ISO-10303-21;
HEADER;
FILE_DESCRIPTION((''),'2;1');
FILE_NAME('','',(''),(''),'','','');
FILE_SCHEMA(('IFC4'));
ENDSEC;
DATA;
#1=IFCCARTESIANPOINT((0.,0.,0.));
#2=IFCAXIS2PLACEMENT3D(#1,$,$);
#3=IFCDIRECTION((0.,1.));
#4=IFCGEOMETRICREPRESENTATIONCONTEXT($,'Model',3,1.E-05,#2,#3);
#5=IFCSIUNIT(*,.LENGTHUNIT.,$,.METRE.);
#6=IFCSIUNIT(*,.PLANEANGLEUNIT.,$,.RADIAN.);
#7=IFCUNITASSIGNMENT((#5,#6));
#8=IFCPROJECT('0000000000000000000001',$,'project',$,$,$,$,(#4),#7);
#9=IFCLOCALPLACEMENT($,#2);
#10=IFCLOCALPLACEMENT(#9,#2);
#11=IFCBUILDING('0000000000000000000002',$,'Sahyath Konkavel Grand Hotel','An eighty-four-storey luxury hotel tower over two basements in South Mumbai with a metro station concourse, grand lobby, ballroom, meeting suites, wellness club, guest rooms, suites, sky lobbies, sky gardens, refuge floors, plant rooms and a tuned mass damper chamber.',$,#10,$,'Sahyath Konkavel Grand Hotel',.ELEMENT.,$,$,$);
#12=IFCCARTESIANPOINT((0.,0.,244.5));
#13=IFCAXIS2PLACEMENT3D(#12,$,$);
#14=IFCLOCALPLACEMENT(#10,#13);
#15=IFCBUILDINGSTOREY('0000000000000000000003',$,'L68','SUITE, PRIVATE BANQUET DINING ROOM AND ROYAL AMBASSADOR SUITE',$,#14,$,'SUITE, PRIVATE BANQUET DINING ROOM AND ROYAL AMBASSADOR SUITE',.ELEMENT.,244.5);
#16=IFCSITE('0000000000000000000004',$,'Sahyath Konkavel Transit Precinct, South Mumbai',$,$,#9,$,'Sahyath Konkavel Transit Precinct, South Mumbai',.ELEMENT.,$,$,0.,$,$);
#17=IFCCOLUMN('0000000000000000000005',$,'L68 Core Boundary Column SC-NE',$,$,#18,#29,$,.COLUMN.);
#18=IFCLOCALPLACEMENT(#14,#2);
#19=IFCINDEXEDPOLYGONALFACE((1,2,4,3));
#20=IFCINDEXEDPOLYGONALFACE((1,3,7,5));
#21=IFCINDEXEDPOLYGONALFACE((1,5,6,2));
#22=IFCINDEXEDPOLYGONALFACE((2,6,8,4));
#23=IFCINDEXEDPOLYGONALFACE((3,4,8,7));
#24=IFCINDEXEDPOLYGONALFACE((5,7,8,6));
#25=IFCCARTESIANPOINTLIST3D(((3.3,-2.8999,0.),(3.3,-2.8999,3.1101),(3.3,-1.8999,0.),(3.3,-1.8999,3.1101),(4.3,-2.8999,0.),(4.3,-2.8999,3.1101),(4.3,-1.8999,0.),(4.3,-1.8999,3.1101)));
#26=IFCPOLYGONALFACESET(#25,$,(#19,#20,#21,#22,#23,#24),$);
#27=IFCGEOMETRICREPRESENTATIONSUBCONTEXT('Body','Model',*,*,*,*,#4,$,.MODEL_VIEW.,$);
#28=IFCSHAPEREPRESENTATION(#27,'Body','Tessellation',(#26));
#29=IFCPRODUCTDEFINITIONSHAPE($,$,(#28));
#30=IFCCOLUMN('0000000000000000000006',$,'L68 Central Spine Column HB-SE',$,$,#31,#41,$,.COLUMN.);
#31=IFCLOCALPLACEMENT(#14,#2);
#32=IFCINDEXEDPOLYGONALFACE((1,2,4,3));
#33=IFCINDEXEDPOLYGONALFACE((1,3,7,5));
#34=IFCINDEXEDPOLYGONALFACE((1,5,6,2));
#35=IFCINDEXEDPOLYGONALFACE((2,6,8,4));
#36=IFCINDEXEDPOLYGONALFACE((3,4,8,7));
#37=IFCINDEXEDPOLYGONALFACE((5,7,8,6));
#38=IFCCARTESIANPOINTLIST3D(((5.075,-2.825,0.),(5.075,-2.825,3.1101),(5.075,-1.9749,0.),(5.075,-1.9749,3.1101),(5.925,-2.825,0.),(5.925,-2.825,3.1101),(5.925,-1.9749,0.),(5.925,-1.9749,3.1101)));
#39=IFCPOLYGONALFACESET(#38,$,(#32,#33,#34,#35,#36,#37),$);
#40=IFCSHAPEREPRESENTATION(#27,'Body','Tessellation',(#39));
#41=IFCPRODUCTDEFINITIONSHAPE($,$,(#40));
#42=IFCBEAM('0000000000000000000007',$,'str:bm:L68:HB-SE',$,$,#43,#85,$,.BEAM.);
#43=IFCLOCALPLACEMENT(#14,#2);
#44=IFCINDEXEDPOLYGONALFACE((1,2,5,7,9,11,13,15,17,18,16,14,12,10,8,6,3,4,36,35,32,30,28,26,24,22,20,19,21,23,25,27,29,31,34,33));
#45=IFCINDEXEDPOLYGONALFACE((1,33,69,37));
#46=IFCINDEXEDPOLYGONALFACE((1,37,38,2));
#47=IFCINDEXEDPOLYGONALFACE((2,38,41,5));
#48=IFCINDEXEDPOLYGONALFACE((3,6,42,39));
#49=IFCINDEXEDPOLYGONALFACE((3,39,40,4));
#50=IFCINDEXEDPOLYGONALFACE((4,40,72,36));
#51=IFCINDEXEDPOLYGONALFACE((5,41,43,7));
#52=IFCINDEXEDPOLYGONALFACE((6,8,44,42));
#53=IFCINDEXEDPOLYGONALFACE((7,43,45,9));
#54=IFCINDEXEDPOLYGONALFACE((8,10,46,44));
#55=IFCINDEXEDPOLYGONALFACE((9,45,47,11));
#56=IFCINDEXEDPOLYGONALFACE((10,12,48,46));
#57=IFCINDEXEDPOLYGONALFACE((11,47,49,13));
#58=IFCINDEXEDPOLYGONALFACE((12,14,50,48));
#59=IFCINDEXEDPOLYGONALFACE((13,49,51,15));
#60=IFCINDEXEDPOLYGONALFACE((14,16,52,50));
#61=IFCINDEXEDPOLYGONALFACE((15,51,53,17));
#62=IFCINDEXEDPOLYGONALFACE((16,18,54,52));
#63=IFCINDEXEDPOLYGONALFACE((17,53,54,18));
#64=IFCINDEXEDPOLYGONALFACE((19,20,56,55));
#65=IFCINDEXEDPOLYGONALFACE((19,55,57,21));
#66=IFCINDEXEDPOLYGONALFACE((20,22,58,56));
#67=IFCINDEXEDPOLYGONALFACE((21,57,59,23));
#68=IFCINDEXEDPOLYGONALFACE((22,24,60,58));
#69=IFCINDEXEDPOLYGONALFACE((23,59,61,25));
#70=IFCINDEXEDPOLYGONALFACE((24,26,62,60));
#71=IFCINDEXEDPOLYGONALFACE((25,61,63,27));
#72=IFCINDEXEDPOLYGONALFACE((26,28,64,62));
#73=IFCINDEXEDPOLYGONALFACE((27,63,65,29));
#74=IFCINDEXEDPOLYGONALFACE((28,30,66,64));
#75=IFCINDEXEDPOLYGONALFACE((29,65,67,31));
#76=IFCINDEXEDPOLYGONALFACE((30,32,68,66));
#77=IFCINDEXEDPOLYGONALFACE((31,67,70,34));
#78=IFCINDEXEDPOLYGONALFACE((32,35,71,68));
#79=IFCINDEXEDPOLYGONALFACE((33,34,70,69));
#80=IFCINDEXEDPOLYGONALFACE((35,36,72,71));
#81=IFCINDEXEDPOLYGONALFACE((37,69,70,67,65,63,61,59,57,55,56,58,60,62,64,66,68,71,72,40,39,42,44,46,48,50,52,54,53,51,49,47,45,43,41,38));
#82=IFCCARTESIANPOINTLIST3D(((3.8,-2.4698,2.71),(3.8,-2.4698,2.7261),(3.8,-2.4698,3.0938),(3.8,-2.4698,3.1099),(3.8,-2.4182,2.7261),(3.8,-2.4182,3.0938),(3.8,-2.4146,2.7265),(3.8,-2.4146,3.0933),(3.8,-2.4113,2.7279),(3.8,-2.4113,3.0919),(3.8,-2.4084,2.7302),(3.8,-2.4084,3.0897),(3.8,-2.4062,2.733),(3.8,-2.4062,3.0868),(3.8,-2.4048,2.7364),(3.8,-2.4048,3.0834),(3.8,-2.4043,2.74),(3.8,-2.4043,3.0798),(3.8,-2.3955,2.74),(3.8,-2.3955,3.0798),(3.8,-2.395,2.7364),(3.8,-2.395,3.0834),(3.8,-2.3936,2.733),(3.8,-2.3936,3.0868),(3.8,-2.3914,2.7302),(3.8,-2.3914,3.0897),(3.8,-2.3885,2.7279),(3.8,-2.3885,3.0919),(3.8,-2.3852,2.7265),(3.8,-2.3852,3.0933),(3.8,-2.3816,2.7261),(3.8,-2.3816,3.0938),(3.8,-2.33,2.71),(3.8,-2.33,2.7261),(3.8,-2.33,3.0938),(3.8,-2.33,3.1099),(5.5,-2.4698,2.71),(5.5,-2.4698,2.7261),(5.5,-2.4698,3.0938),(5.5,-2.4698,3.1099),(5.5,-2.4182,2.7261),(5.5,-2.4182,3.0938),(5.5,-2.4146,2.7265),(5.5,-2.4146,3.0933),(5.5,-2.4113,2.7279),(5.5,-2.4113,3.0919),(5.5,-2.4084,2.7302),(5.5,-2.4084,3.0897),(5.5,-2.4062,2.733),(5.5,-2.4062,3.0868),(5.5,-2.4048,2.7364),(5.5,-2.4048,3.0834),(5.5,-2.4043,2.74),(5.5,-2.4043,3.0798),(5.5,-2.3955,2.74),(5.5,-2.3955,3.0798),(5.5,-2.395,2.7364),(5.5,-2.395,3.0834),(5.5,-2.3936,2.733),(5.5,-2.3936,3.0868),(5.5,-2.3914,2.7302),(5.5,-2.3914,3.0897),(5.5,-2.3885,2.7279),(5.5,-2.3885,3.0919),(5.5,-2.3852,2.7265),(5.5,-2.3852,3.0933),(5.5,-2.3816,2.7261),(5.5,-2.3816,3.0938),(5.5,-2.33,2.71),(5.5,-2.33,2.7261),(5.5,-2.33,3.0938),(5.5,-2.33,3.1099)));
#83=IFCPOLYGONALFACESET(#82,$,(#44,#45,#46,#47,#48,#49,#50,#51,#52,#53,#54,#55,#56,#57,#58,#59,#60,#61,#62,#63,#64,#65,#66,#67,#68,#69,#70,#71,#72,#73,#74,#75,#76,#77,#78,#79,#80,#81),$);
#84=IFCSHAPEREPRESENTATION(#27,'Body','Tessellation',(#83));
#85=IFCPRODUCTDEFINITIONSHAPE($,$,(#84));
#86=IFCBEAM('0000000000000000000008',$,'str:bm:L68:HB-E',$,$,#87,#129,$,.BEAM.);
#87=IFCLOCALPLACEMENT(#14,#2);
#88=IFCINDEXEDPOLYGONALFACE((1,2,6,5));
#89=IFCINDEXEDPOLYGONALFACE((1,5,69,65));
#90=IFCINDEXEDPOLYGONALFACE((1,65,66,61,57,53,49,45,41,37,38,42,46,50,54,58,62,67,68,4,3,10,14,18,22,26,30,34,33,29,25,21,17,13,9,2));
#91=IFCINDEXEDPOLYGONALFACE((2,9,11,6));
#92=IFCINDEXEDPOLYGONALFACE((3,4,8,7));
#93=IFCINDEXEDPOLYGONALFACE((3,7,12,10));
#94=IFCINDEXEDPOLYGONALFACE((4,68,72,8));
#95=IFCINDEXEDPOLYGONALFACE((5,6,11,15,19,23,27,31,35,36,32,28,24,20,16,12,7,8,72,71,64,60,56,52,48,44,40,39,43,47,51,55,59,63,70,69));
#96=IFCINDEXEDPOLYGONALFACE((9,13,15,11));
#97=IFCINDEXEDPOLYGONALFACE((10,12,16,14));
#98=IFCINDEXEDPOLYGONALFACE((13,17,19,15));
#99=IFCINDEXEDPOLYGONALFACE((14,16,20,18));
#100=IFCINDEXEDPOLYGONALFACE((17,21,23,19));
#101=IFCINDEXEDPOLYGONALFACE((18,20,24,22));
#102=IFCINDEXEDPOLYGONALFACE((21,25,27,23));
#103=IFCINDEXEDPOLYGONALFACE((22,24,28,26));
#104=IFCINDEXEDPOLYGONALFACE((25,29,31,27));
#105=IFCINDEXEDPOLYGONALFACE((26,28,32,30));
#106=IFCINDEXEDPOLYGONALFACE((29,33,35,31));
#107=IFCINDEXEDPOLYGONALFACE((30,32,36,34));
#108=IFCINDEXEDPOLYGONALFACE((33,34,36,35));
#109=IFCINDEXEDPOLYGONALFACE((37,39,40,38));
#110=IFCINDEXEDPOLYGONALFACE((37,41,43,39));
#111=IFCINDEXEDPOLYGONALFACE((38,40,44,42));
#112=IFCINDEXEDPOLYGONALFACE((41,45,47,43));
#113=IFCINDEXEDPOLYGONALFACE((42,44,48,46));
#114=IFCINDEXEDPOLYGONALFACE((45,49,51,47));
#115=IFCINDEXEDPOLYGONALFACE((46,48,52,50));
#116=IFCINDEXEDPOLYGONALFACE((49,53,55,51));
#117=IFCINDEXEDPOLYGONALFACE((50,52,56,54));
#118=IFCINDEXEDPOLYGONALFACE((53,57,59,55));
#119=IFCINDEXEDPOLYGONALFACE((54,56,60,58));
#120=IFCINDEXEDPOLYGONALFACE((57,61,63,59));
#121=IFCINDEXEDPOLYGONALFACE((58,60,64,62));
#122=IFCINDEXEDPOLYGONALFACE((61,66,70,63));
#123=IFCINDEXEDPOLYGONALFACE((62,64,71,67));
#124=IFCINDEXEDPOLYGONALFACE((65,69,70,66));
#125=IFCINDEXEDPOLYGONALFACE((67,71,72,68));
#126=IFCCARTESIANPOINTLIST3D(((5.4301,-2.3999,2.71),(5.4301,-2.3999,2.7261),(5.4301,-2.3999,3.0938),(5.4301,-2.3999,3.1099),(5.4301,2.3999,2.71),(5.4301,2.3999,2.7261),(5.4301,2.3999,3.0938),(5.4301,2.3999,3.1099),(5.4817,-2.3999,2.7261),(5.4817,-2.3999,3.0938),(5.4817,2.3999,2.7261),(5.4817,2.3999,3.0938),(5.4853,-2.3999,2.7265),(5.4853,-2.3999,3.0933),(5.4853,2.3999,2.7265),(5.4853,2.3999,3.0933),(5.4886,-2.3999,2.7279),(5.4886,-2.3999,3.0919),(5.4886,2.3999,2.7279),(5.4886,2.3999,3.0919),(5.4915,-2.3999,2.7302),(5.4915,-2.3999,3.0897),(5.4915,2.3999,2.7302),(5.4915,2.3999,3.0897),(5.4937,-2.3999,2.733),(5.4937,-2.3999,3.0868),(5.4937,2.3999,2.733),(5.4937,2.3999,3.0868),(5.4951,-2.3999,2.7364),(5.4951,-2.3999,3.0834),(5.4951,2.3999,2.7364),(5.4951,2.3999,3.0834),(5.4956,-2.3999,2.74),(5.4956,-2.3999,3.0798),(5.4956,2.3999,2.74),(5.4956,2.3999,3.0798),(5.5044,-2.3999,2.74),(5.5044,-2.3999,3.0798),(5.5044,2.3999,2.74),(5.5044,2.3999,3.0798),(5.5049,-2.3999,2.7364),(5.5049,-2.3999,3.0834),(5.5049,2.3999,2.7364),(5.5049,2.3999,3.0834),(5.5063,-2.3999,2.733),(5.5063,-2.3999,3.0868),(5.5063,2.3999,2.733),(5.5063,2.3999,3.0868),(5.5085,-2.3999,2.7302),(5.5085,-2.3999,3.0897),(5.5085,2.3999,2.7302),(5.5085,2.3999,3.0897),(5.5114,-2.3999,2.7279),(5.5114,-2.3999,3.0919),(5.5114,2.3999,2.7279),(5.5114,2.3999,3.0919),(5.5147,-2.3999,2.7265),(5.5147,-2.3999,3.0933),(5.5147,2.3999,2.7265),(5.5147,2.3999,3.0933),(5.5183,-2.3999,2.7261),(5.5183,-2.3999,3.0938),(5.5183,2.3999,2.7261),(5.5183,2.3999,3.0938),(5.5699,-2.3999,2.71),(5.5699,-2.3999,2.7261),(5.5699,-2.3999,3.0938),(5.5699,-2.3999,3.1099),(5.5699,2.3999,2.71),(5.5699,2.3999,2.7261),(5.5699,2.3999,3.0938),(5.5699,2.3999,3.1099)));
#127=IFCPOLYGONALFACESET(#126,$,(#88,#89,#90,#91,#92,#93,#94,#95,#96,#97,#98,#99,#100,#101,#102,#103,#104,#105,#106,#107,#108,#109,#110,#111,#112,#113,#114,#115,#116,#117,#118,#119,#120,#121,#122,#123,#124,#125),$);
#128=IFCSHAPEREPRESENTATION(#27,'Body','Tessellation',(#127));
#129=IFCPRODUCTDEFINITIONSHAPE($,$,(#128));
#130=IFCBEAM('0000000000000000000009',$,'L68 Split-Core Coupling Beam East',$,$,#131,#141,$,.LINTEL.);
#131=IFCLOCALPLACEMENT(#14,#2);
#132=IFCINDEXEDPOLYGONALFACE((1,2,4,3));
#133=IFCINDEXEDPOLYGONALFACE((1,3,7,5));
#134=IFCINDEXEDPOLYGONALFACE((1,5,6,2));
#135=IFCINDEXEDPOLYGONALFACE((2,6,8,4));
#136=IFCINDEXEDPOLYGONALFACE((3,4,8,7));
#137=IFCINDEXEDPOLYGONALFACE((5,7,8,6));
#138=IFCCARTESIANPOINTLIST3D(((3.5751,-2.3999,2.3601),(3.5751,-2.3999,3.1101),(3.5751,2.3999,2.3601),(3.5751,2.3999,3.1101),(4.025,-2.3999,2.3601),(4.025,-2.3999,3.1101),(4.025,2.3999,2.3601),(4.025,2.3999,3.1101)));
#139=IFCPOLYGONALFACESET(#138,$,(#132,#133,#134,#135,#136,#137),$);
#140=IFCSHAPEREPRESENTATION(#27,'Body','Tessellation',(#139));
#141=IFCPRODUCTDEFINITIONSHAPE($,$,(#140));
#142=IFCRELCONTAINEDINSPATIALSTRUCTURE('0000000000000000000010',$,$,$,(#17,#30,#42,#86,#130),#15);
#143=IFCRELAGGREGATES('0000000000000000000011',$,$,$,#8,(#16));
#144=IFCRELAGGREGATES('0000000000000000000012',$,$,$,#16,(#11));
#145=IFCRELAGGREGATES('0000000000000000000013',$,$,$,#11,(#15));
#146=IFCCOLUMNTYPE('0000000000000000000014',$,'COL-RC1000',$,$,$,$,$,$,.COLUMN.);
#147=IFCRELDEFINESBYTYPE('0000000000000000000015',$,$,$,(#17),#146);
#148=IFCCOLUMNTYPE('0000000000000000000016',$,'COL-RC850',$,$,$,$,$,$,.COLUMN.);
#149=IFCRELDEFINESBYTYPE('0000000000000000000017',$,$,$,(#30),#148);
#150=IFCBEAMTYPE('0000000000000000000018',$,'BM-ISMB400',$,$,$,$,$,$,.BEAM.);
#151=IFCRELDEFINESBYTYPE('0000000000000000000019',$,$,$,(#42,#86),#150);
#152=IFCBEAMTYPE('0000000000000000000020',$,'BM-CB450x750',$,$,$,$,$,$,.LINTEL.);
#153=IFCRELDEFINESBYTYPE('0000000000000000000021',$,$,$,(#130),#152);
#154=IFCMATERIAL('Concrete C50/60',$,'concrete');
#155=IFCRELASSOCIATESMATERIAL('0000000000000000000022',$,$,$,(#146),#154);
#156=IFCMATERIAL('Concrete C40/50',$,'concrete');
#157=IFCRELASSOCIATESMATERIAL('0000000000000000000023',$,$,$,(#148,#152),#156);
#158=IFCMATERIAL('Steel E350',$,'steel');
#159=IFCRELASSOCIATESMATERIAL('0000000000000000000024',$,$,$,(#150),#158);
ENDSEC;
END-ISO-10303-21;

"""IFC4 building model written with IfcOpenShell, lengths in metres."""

from ifc_helpers import new_model, si_unit, direction, frame, origin, origin_2d, place, context, subcontext, project, spatial, rectangle, i_section, extrude, source, transform, mapped, material, material_profile, profile_set, type_object, element, save


model = new_model("IFC4")

# Units and contexts
model_context = context("Model", 3, precision=1e-05, world=origin(), true_north=direction((0.0, 1.0)))
body_context = subcontext(model_context, "Body", "Model", "MODEL_VIEW")
ifc_project = project(units=[si_unit("LENGTHUNIT", "METRE"), si_unit("PLANEANGLEUNIT", "RADIAN")], contexts=[model_context])

# Site, building, storey
site_placement = place(None, origin())
site = spatial("IfcSite", under=ifc_project, at=site_placement, Name="Sahyath Konkavel Transit Precinct, South Mumbai", LongName="Sahyath Konkavel Transit Precinct, South Mumbai", CompositionType="ELEMENT", RefElevation=0.0)
building_placement = place(site_placement, origin())
building = spatial("IfcBuilding", under=site, at=building_placement, Name="Sahyath Konkavel Grand Hotel", Description="An eighty-four-storey luxury hotel tower over two basements in South Mumbai with a metro station concourse, grand lobby, ballroom, meeting suites, wellness club, guest rooms, suites, sky lobbies, sky gardens, refuge floors, plant rooms and a tuned mass damper chamber.", LongName="Sahyath Konkavel Grand Hotel", CompositionType="ELEMENT")
storey_placement = place(building_placement, frame((0.0, 0.0, 244.5)))
storey = spatial("IfcBuildingStorey", under=building, at=storey_placement, Name="L68", Description="SUITE, PRIVATE BANQUET DINING ROOM AND ROYAL AMBASSADOR SUITE", LongName="SUITE, PRIVATE BANQUET DINING ROOM AND ROYAL AMBASSADOR SUITE", CompositionType="ELEMENT", Elevation=244.5)

# Columns
ifc_material_1 = material(Name="Concrete C50/60", Category="concrete")
ifc_material_profile_1 = material_profile(ifc_material_1, rectangle(XDim=1.0, YDim=1.0, at=origin_2d()), Name="RC 1000x1000")
ifc_profile_set_1 = profile_set([ifc_material_profile_1], Name="Concrete C50/60")
column_type_1 = type_object("IfcColumnType", Name="COL-RC1000", PredefinedType="COLUMN", material=ifc_profile_set_1)
shared_shape_1 = source(origin(), body_context, "Body", "SweptSolid", [
    extrude(rectangle(XDim=1.0, YDim=1.0, at=origin_2d()), origin(), (0.0, 0.0, 1.0), 3.1101),
])
column_1_placement = place(storey_placement, frame((3.8, -2.3999, 0.0), z_axis=(0.0, 0.0, 1.0), x_axis=(1.0, 0.0, 0.0)))
element("IfcColumn", 1, at=column_1_placement, inside=storey, type_object=column_type_1, Name="L68 Core Boundary Column SC-NE", PredefinedType="COLUMN", context=body_context, shape_type="MappedRepresentation", body=[
    mapped(shared_shape_1, transform((0.0, 0.0, 0.0), scale=1.0)),
])
ifc_material_2 = material(Name="Concrete C40/50", Category="concrete")
ifc_material_profile_2 = material_profile(ifc_material_2, rectangle(XDim=0.8501, YDim=0.8501, at=origin_2d()), Name="RC 850x850")
ifc_profile_set_2 = profile_set([ifc_material_profile_2], Name="Concrete C40/50")
column_type_2 = type_object("IfcColumnType", Name="COL-RC850", PredefinedType="COLUMN", material=ifc_profile_set_2)
shared_shape_2 = source(origin(), body_context, "Body", "SweptSolid", [
    extrude(rectangle(XDim=0.8501, YDim=0.8501, at=origin_2d()), origin(), (0.0, 0.0, 1.0), 3.1101),
])
column_2_placement = place(storey_placement, frame((5.5, -2.3999, 0.0), z_axis=(0.0, 0.0, 1.0), x_axis=(1.0, 0.0, 0.0)))
element("IfcColumn", 2, at=column_2_placement, inside=storey, type_object=column_type_2, Name="L68 Central Spine Column HB-SE", PredefinedType="COLUMN", context=body_context, shape_type="MappedRepresentation", body=[
    mapped(shared_shape_2, transform((0.0, 0.0, 0.0), scale=1.0)),
])

# Beams
ifc_material_3 = material(Name="Steel E350", Category="steel")
ifc_material_profile_3 = material_profile(ifc_material_3, i_section(OverallWidth=0.1399, OverallDepth=0.3999, WebThickness=0.0088, FlangeThickness=0.0161, FilletRadius=0.0139, at=origin_2d()), Name="ISMB 400")
ifc_profile_set_3 = profile_set([ifc_material_profile_3], Name="Steel E350")
beam_type_1 = type_object("IfcBeamType", Name="BM-ISMB400", PredefinedType="BEAM", material=ifc_profile_set_3)
shared_shape_3 = source(origin(), body_context, "Body", "SweptSolid", [
    extrude(i_section(OverallWidth=0.1399, OverallDepth=0.3999, WebThickness=0.0088, FlangeThickness=0.0161, FilletRadius=0.0139, at=origin_2d()), origin(), (0.0, 0.0, 1.0), 1.7),
])
beam_1_placement = place(storey_placement, frame((3.8, -2.3999, 2.9099), z_axis=(1.0, 0.0, 0.0), x_axis=(0.0, 1.0, 0.0)))
element("IfcBeam", 3, at=beam_1_placement, inside=storey, type_object=beam_type_1, Name="str:bm:L68:HB-SE", PredefinedType="BEAM", context=body_context, shape_type="MappedRepresentation", body=[
    mapped(shared_shape_3, transform((0.0, 0.0, 0.0), scale=1.0)),
])
shared_shape_4 = source(origin(), body_context, "Body", "SweptSolid", [
    extrude(i_section(OverallWidth=0.1399, OverallDepth=0.3999, WebThickness=0.0088, FlangeThickness=0.0161, FilletRadius=0.0139, at=origin_2d()), origin(), (0.0, 0.0, 1.0), 4.7998),
])
beam_2_placement = place(storey_placement, frame((5.5, -2.3999, 2.9099), z_axis=(0.0, 1.0, 0.0), x_axis=(-1.0, 0.0, 0.0)))
element("IfcBeam", 4, at=beam_2_placement, inside=storey, type_object=beam_type_1, Name="str:bm:L68:HB-E", PredefinedType="BEAM", context=body_context, shape_type="MappedRepresentation", body=[
    mapped(shared_shape_4, transform((0.0, 0.0, 0.0), scale=1.0)),
])
ifc_material_profile_4 = material_profile(ifc_material_2, rectangle(XDim=0.45, YDim=0.75, at=origin_2d()), Name="RC 450x750")
ifc_profile_set_4 = profile_set([ifc_material_profile_4], Name="Concrete C40/50")
beam_type_2 = type_object("IfcBeamType", Name="BM-CB450x750", PredefinedType="LINTEL", material=ifc_profile_set_4)
shared_shape_5 = source(origin(), body_context, "Body", "SweptSolid", [
    extrude(rectangle(XDim=0.45, YDim=0.75, at=origin_2d()), origin(), (0.0, 0.0, 1.0), 4.7998),
])
beam_3_placement = place(storey_placement, frame((3.8, -2.3999, 2.7351), z_axis=(0.0, 1.0, 0.0), x_axis=(-1.0, 0.0, 0.0)))
element("IfcBeam", 5, at=beam_3_placement, inside=storey, type_object=beam_type_2, Name="L68 Split-Core Coupling Beam East", PredefinedType="LINTEL", context=body_context, shape_type="MappedRepresentation", body=[
    mapped(shared_shape_5, transform((0.0, 0.0, 0.0), scale=1.0)),
])

save(model, "model.ifc")
